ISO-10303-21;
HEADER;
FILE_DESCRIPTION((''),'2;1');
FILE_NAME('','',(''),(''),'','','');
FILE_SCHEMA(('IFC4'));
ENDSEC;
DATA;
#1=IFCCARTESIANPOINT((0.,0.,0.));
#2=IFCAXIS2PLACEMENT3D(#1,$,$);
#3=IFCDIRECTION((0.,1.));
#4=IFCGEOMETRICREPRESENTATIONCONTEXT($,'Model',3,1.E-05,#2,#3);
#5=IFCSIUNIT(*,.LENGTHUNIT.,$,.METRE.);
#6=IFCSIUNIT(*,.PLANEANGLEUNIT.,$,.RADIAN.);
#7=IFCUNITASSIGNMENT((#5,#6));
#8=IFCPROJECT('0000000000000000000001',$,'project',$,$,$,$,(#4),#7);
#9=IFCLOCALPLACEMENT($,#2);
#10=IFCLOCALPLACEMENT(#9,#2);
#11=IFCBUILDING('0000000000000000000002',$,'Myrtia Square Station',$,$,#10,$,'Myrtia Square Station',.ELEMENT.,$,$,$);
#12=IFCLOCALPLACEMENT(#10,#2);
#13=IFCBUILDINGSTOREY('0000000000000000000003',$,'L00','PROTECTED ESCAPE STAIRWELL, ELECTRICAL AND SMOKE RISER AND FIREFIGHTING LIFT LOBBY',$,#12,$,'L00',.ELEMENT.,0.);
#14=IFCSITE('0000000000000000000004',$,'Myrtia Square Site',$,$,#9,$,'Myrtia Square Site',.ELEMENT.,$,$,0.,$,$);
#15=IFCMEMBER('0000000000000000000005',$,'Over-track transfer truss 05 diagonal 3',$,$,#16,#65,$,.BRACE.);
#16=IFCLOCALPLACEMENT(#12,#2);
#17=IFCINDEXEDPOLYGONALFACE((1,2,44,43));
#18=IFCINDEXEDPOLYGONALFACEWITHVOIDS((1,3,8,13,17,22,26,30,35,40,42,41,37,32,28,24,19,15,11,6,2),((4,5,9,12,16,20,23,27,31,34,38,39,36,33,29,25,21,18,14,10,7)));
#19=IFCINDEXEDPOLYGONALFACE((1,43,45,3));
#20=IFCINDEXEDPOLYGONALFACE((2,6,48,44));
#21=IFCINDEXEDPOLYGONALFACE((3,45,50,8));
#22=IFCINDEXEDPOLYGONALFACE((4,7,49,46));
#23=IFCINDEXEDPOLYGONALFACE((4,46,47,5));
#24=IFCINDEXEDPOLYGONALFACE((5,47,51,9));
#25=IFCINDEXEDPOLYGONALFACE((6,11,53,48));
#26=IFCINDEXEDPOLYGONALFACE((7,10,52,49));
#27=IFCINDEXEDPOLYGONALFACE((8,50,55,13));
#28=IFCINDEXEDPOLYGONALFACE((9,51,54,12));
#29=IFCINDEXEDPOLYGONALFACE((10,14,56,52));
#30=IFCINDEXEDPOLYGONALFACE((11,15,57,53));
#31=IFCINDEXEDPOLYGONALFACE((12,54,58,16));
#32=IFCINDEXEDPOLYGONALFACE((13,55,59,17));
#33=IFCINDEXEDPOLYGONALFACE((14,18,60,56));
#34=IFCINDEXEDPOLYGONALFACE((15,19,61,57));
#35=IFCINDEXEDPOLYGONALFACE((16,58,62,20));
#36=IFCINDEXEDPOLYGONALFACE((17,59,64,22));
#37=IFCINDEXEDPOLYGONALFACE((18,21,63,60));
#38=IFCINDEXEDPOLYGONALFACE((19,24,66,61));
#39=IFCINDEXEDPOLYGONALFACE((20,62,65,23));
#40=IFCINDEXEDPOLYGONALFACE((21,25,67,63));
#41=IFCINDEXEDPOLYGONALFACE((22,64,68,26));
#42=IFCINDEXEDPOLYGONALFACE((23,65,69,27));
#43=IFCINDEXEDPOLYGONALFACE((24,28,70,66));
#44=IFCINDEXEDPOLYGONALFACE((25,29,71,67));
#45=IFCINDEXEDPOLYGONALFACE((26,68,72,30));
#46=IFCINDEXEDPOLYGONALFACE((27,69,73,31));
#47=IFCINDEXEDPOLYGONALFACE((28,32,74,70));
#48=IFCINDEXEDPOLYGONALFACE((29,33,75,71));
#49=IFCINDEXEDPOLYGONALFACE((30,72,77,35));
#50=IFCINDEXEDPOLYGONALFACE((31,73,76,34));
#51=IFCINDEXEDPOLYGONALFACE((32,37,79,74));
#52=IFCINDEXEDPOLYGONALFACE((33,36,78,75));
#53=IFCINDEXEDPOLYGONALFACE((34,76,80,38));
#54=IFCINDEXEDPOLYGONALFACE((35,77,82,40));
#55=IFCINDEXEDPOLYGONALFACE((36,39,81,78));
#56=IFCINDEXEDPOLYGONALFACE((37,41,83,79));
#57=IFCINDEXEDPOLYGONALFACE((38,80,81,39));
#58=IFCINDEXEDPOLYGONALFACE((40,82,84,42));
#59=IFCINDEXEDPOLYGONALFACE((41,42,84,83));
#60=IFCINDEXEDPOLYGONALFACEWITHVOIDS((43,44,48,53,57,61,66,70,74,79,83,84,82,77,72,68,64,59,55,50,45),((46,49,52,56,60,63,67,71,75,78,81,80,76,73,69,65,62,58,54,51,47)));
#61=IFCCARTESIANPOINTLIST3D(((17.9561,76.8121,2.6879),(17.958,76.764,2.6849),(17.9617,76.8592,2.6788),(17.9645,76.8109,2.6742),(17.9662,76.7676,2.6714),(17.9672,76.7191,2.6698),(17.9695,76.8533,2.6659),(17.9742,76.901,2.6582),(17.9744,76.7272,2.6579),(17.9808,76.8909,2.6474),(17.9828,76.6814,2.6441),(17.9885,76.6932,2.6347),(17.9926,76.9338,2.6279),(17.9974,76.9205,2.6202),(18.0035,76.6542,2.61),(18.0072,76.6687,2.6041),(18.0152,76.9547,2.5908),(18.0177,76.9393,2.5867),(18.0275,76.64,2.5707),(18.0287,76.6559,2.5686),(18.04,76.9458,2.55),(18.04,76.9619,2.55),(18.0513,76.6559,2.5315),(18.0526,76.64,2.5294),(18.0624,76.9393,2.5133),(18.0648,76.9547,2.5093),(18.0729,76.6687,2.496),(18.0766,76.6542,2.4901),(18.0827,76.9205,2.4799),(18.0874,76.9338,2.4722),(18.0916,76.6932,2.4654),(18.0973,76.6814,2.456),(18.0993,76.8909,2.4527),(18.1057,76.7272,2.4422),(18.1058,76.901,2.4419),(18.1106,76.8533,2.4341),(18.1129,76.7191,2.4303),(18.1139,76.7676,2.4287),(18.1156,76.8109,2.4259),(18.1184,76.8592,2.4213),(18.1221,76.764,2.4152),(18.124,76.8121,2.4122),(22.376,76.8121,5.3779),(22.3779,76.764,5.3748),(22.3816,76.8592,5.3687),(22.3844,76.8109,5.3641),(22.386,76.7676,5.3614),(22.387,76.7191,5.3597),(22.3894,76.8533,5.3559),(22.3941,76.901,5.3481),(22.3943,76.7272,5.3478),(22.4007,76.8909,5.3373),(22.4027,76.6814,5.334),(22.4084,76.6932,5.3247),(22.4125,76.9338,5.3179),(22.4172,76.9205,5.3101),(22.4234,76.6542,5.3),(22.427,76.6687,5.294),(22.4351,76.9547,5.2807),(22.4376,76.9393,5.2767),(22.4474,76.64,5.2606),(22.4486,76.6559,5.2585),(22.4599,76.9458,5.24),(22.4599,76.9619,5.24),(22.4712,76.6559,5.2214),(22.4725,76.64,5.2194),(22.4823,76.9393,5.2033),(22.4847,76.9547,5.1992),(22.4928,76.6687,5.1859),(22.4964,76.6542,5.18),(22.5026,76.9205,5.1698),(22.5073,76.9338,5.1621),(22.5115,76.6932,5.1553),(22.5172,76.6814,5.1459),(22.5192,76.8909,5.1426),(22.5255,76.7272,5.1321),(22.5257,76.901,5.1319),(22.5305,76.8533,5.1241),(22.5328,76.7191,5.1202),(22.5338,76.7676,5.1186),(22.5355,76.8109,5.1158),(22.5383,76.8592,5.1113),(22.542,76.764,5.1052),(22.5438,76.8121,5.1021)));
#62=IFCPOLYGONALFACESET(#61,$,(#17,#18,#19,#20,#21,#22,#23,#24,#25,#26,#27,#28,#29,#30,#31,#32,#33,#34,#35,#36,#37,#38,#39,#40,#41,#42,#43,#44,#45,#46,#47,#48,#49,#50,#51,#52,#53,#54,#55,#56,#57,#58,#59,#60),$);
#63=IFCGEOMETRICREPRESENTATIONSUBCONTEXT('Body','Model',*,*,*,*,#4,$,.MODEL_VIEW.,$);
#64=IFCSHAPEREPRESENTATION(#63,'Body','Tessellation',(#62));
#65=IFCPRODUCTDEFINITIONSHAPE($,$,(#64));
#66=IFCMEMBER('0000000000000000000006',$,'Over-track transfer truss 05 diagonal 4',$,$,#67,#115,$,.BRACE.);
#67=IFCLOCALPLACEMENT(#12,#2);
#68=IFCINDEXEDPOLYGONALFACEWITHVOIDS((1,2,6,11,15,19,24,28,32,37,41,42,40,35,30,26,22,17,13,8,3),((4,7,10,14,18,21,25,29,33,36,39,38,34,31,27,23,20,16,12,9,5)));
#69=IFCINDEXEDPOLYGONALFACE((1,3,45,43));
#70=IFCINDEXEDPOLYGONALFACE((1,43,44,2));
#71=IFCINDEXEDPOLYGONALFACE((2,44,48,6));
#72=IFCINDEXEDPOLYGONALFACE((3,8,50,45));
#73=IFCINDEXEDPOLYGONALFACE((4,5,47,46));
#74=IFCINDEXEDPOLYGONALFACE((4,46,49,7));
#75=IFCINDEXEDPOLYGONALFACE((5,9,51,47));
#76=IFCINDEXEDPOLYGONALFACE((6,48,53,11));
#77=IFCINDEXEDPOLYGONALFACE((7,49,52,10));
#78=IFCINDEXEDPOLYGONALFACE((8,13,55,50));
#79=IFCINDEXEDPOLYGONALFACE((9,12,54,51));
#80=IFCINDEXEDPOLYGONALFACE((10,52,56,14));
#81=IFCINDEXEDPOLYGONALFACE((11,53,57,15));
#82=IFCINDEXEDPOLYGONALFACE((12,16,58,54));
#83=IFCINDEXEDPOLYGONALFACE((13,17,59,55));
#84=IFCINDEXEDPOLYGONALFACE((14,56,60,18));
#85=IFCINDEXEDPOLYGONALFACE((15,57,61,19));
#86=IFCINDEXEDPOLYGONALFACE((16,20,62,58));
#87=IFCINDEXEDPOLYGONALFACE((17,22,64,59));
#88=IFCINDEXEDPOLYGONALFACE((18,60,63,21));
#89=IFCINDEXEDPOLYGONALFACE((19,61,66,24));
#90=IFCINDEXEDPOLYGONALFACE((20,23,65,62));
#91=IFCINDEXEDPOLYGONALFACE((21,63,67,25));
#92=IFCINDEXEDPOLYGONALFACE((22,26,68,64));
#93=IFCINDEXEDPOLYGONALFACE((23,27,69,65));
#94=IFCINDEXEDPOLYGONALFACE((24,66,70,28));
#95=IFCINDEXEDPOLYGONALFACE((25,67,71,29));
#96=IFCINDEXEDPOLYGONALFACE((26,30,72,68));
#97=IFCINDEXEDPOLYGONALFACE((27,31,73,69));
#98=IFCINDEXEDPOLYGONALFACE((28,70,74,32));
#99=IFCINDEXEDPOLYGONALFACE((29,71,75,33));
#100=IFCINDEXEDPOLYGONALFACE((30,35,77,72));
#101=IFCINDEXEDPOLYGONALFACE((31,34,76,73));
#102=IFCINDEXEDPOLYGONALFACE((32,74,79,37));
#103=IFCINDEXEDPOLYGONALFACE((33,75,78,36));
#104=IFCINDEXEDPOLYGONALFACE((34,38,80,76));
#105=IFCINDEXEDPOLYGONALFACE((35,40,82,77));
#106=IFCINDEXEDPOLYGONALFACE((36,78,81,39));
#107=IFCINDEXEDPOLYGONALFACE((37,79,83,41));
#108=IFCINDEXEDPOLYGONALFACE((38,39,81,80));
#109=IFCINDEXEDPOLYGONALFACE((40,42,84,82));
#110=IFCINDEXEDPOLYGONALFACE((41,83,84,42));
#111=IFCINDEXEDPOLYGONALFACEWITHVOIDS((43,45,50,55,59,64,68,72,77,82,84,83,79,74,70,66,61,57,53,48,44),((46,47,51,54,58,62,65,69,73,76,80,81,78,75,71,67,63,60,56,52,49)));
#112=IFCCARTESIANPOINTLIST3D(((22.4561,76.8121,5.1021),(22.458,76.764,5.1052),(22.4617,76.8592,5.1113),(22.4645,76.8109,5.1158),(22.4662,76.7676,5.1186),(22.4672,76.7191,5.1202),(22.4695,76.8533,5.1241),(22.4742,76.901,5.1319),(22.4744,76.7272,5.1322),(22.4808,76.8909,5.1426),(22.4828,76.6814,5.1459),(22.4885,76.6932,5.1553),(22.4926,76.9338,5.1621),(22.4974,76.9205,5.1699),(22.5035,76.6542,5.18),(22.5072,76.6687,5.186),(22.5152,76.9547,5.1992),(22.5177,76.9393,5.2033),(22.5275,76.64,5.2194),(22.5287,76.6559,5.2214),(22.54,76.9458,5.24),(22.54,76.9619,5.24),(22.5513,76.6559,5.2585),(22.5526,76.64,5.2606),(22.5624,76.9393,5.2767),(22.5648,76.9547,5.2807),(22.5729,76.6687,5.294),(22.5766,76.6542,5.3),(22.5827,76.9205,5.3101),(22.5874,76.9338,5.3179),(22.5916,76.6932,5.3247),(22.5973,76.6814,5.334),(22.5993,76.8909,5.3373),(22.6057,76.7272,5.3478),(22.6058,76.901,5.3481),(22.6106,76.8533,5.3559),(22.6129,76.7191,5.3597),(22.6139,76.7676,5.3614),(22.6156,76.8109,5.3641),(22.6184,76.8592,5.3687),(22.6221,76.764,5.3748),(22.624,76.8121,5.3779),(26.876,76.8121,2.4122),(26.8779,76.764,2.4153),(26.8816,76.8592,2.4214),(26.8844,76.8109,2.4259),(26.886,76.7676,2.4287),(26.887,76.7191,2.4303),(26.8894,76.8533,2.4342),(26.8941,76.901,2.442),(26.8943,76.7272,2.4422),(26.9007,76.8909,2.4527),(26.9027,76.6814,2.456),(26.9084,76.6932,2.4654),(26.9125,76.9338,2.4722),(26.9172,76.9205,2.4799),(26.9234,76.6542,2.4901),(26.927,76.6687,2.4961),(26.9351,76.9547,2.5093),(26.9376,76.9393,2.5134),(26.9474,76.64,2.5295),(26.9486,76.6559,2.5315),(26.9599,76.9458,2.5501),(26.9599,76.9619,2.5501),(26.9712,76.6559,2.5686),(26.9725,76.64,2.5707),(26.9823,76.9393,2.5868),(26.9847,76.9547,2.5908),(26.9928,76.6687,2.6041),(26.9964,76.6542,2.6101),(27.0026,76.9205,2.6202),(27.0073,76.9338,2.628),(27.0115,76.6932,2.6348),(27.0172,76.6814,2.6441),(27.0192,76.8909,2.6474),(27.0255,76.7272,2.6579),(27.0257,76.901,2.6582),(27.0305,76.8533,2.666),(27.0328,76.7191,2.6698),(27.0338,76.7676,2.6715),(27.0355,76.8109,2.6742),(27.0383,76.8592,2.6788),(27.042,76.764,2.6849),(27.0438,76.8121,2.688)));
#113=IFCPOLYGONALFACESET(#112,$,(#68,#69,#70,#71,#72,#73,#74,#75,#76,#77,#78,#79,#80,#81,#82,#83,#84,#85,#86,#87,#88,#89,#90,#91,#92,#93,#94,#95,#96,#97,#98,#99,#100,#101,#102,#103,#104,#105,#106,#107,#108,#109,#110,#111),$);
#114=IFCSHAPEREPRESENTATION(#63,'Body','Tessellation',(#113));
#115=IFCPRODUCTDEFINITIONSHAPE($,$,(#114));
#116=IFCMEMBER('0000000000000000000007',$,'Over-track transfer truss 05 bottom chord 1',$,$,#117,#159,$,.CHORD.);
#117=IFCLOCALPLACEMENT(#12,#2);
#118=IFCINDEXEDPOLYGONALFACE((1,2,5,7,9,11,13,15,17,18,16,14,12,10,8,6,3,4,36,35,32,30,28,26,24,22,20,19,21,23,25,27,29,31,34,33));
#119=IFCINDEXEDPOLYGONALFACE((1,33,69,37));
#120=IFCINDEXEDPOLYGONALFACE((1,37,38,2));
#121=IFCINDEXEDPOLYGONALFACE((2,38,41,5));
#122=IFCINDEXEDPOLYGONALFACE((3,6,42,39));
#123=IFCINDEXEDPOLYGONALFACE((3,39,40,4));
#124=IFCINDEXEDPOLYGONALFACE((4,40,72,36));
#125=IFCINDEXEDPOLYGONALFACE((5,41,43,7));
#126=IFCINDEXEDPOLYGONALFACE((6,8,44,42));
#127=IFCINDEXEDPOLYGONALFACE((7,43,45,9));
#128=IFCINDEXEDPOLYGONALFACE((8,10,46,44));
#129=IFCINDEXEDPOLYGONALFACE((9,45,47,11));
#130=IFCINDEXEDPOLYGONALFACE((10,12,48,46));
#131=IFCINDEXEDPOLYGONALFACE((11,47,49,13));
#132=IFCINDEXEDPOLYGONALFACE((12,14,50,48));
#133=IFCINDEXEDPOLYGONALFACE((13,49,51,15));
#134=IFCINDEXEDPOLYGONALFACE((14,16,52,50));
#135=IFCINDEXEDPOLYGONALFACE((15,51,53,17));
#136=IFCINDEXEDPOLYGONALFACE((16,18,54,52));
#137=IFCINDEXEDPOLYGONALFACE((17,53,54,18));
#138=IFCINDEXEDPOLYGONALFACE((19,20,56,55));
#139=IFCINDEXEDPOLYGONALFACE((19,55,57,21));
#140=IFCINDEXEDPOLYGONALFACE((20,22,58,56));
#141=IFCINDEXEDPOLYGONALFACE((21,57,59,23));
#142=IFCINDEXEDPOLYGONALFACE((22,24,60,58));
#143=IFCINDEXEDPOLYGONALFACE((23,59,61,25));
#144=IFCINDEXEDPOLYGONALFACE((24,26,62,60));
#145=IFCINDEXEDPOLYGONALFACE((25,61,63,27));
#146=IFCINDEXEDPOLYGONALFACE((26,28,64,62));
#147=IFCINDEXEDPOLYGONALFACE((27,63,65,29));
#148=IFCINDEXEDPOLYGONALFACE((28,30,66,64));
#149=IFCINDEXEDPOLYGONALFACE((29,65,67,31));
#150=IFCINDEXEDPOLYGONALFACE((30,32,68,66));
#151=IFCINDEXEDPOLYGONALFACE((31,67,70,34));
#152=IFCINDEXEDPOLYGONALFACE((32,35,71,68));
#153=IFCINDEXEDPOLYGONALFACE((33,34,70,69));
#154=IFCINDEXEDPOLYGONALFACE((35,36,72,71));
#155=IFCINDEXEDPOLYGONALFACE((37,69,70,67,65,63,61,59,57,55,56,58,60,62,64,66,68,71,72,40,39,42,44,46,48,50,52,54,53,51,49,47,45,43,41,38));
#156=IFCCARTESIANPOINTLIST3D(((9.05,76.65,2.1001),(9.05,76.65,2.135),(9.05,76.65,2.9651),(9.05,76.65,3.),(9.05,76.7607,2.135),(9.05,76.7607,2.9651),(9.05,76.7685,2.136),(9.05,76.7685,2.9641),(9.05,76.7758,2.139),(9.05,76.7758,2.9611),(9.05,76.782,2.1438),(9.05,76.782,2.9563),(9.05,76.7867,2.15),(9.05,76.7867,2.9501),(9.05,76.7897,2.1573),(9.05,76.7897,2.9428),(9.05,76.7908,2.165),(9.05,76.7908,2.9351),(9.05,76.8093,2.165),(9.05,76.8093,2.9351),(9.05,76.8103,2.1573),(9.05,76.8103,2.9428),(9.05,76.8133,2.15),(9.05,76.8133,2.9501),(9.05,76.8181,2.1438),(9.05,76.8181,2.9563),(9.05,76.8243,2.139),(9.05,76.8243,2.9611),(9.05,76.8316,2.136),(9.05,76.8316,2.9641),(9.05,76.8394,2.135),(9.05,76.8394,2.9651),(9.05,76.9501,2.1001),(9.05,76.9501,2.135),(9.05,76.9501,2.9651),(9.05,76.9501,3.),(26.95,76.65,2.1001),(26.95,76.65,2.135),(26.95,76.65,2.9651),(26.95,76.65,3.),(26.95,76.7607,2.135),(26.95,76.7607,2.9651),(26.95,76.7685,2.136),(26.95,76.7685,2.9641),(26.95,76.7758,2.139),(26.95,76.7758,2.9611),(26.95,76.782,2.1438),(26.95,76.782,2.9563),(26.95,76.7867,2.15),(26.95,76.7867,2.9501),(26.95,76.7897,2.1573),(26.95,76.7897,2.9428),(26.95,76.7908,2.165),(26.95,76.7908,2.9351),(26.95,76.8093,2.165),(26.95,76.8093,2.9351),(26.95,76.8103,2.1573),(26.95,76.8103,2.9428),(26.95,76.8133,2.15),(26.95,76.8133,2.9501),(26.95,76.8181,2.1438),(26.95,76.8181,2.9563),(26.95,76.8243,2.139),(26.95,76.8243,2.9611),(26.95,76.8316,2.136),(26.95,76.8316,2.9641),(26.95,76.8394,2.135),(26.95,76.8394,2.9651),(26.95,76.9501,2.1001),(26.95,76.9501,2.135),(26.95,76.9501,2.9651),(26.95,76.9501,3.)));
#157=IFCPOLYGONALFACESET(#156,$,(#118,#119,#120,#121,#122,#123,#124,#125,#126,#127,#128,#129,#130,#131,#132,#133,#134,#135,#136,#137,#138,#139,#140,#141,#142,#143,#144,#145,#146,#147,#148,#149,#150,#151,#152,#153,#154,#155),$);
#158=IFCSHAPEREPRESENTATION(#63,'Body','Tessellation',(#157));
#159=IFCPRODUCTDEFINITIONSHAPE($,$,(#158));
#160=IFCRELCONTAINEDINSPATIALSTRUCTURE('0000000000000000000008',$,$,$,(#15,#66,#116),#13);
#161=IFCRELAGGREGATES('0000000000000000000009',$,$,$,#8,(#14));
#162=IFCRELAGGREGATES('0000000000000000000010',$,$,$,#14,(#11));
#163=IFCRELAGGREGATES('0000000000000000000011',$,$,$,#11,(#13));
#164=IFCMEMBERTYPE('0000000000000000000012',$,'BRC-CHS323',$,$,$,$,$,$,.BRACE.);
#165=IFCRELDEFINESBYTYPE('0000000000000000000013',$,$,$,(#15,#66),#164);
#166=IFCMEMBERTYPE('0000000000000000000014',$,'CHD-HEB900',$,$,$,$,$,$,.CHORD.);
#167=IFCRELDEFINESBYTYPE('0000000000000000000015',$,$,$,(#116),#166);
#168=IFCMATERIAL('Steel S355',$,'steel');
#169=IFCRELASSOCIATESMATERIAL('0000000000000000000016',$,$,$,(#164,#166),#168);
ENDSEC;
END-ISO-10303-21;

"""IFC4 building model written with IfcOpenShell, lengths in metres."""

from ifc_helpers import new_model, si_unit, direction, frame, origin, origin_2d, place, context, subcontext, project, spatial, hollow_circle, i_section, extrude, material, material_profile, profile_set, type_object, element, save


model = new_model("IFC4")

# Units and contexts
model_context = context("Model", 3, precision=1e-05, world=origin(), true_north=direction((0.0, 1.0)))
body_context = subcontext(model_context, "Body", "Model", "MODEL_VIEW")
ifc_project = project(units=[si_unit("LENGTHUNIT", "METRE"), si_unit("PLANEANGLEUNIT", "RADIAN")], contexts=[model_context])

# Site, building, storey
site_placement = place(None, origin())
site = spatial("IfcSite", under=ifc_project, at=site_placement, Name="Myrtia Square Site", LongName="Myrtia Square Site", CompositionType="ELEMENT", RefElevation=0.0)
building_placement = place(site_placement, origin())
building = spatial("IfcBuilding", under=site, at=building_placement, Name="Myrtia Square Station", LongName="Myrtia Square Station", CompositionType="ELEMENT")
storey_placement = place(building_placement, origin())
storey = spatial("IfcBuildingStorey", under=building, at=storey_placement, Name="L00", Description="PROTECTED ESCAPE STAIRWELL, ELECTRICAL AND SMOKE RISER AND FIREFIGHTING LIFT LOBBY", LongName="L00", CompositionType="ELEMENT", Elevation=0.0)

# Shared definitions
ifc_material_1 = material(Name="Steel S355", Category="steel")

# Members
ifc_material_profile_1 = material_profile(ifc_material_1, hollow_circle(Radius=0.1619, WallThickness=0.0161, at=origin_2d()), Name="CHS 323.9x16")
ifc_profile_set_1 = profile_set([ifc_material_profile_1], Name="Steel S355")
member_type_1 = type_object("IfcMemberType", Name="BRC-CHS323", PredefinedType="BRACE", material=ifc_profile_set_1)
for number, where, z_axis, x_axis, name in (
    (1, (18.04, 76.8, 2.55), (0.854237, 0.0, 0.519884), (0.0, 1.0, 0.0), "Over-track transfer truss 05 diagonal 3"),
    (2, (22.54, 76.8, 5.24), (0.854237, 0.0, -0.519884), (0.0, 1.0, 0.0), "Over-track transfer truss 05 diagonal 4"),
):
    element("IfcMember", number, at=place(storey_placement, frame(where, z_axis=z_axis, x_axis=x_axis)), inside=storey, type_object=member_type_1, Name=name, PredefinedType="BRACE", context=body_context, shape_type="SweptSolid", body=[
        extrude(hollow_circle(Radius=0.1619, WallThickness=0.0161, at=origin_2d()), origin(), (0.0, 0.0, 1.0), 5.1741),
    ])
ifc_material_profile_2 = material_profile(ifc_material_1, i_section(OverallWidth=0.3, OverallDepth=0.8999, WebThickness=0.0186, FlangeThickness=0.0349, FilletRadius=0.03, at=origin_2d()), Name="HEB 900")
ifc_profile_set_2 = profile_set([ifc_material_profile_2], Name="Steel S355")
member_type_2 = type_object("IfcMemberType", Name="CHD-HEB900", PredefinedType="CHORD", material=ifc_profile_set_2)
member_placement = place(storey_placement, frame((9.05, 76.8, 2.55), z_axis=(1.0, 0.0, 0.0), x_axis=(0.0, 1.0, 0.0)))
element("IfcMember", 3, at=member_placement, inside=storey, type_object=member_type_2, Name="Over-track transfer truss 05 bottom chord 1", PredefinedType="CHORD", context=body_context, shape_type="SweptSolid", body=[
    extrude(i_section(OverallWidth=0.3, OverallDepth=0.8999, WebThickness=0.0186, FlangeThickness=0.0349, FilletRadius=0.03, at=origin_2d()), origin(), (0.0, 0.0, 1.0), 17.8999),
])

save(model, "model.ifc")
